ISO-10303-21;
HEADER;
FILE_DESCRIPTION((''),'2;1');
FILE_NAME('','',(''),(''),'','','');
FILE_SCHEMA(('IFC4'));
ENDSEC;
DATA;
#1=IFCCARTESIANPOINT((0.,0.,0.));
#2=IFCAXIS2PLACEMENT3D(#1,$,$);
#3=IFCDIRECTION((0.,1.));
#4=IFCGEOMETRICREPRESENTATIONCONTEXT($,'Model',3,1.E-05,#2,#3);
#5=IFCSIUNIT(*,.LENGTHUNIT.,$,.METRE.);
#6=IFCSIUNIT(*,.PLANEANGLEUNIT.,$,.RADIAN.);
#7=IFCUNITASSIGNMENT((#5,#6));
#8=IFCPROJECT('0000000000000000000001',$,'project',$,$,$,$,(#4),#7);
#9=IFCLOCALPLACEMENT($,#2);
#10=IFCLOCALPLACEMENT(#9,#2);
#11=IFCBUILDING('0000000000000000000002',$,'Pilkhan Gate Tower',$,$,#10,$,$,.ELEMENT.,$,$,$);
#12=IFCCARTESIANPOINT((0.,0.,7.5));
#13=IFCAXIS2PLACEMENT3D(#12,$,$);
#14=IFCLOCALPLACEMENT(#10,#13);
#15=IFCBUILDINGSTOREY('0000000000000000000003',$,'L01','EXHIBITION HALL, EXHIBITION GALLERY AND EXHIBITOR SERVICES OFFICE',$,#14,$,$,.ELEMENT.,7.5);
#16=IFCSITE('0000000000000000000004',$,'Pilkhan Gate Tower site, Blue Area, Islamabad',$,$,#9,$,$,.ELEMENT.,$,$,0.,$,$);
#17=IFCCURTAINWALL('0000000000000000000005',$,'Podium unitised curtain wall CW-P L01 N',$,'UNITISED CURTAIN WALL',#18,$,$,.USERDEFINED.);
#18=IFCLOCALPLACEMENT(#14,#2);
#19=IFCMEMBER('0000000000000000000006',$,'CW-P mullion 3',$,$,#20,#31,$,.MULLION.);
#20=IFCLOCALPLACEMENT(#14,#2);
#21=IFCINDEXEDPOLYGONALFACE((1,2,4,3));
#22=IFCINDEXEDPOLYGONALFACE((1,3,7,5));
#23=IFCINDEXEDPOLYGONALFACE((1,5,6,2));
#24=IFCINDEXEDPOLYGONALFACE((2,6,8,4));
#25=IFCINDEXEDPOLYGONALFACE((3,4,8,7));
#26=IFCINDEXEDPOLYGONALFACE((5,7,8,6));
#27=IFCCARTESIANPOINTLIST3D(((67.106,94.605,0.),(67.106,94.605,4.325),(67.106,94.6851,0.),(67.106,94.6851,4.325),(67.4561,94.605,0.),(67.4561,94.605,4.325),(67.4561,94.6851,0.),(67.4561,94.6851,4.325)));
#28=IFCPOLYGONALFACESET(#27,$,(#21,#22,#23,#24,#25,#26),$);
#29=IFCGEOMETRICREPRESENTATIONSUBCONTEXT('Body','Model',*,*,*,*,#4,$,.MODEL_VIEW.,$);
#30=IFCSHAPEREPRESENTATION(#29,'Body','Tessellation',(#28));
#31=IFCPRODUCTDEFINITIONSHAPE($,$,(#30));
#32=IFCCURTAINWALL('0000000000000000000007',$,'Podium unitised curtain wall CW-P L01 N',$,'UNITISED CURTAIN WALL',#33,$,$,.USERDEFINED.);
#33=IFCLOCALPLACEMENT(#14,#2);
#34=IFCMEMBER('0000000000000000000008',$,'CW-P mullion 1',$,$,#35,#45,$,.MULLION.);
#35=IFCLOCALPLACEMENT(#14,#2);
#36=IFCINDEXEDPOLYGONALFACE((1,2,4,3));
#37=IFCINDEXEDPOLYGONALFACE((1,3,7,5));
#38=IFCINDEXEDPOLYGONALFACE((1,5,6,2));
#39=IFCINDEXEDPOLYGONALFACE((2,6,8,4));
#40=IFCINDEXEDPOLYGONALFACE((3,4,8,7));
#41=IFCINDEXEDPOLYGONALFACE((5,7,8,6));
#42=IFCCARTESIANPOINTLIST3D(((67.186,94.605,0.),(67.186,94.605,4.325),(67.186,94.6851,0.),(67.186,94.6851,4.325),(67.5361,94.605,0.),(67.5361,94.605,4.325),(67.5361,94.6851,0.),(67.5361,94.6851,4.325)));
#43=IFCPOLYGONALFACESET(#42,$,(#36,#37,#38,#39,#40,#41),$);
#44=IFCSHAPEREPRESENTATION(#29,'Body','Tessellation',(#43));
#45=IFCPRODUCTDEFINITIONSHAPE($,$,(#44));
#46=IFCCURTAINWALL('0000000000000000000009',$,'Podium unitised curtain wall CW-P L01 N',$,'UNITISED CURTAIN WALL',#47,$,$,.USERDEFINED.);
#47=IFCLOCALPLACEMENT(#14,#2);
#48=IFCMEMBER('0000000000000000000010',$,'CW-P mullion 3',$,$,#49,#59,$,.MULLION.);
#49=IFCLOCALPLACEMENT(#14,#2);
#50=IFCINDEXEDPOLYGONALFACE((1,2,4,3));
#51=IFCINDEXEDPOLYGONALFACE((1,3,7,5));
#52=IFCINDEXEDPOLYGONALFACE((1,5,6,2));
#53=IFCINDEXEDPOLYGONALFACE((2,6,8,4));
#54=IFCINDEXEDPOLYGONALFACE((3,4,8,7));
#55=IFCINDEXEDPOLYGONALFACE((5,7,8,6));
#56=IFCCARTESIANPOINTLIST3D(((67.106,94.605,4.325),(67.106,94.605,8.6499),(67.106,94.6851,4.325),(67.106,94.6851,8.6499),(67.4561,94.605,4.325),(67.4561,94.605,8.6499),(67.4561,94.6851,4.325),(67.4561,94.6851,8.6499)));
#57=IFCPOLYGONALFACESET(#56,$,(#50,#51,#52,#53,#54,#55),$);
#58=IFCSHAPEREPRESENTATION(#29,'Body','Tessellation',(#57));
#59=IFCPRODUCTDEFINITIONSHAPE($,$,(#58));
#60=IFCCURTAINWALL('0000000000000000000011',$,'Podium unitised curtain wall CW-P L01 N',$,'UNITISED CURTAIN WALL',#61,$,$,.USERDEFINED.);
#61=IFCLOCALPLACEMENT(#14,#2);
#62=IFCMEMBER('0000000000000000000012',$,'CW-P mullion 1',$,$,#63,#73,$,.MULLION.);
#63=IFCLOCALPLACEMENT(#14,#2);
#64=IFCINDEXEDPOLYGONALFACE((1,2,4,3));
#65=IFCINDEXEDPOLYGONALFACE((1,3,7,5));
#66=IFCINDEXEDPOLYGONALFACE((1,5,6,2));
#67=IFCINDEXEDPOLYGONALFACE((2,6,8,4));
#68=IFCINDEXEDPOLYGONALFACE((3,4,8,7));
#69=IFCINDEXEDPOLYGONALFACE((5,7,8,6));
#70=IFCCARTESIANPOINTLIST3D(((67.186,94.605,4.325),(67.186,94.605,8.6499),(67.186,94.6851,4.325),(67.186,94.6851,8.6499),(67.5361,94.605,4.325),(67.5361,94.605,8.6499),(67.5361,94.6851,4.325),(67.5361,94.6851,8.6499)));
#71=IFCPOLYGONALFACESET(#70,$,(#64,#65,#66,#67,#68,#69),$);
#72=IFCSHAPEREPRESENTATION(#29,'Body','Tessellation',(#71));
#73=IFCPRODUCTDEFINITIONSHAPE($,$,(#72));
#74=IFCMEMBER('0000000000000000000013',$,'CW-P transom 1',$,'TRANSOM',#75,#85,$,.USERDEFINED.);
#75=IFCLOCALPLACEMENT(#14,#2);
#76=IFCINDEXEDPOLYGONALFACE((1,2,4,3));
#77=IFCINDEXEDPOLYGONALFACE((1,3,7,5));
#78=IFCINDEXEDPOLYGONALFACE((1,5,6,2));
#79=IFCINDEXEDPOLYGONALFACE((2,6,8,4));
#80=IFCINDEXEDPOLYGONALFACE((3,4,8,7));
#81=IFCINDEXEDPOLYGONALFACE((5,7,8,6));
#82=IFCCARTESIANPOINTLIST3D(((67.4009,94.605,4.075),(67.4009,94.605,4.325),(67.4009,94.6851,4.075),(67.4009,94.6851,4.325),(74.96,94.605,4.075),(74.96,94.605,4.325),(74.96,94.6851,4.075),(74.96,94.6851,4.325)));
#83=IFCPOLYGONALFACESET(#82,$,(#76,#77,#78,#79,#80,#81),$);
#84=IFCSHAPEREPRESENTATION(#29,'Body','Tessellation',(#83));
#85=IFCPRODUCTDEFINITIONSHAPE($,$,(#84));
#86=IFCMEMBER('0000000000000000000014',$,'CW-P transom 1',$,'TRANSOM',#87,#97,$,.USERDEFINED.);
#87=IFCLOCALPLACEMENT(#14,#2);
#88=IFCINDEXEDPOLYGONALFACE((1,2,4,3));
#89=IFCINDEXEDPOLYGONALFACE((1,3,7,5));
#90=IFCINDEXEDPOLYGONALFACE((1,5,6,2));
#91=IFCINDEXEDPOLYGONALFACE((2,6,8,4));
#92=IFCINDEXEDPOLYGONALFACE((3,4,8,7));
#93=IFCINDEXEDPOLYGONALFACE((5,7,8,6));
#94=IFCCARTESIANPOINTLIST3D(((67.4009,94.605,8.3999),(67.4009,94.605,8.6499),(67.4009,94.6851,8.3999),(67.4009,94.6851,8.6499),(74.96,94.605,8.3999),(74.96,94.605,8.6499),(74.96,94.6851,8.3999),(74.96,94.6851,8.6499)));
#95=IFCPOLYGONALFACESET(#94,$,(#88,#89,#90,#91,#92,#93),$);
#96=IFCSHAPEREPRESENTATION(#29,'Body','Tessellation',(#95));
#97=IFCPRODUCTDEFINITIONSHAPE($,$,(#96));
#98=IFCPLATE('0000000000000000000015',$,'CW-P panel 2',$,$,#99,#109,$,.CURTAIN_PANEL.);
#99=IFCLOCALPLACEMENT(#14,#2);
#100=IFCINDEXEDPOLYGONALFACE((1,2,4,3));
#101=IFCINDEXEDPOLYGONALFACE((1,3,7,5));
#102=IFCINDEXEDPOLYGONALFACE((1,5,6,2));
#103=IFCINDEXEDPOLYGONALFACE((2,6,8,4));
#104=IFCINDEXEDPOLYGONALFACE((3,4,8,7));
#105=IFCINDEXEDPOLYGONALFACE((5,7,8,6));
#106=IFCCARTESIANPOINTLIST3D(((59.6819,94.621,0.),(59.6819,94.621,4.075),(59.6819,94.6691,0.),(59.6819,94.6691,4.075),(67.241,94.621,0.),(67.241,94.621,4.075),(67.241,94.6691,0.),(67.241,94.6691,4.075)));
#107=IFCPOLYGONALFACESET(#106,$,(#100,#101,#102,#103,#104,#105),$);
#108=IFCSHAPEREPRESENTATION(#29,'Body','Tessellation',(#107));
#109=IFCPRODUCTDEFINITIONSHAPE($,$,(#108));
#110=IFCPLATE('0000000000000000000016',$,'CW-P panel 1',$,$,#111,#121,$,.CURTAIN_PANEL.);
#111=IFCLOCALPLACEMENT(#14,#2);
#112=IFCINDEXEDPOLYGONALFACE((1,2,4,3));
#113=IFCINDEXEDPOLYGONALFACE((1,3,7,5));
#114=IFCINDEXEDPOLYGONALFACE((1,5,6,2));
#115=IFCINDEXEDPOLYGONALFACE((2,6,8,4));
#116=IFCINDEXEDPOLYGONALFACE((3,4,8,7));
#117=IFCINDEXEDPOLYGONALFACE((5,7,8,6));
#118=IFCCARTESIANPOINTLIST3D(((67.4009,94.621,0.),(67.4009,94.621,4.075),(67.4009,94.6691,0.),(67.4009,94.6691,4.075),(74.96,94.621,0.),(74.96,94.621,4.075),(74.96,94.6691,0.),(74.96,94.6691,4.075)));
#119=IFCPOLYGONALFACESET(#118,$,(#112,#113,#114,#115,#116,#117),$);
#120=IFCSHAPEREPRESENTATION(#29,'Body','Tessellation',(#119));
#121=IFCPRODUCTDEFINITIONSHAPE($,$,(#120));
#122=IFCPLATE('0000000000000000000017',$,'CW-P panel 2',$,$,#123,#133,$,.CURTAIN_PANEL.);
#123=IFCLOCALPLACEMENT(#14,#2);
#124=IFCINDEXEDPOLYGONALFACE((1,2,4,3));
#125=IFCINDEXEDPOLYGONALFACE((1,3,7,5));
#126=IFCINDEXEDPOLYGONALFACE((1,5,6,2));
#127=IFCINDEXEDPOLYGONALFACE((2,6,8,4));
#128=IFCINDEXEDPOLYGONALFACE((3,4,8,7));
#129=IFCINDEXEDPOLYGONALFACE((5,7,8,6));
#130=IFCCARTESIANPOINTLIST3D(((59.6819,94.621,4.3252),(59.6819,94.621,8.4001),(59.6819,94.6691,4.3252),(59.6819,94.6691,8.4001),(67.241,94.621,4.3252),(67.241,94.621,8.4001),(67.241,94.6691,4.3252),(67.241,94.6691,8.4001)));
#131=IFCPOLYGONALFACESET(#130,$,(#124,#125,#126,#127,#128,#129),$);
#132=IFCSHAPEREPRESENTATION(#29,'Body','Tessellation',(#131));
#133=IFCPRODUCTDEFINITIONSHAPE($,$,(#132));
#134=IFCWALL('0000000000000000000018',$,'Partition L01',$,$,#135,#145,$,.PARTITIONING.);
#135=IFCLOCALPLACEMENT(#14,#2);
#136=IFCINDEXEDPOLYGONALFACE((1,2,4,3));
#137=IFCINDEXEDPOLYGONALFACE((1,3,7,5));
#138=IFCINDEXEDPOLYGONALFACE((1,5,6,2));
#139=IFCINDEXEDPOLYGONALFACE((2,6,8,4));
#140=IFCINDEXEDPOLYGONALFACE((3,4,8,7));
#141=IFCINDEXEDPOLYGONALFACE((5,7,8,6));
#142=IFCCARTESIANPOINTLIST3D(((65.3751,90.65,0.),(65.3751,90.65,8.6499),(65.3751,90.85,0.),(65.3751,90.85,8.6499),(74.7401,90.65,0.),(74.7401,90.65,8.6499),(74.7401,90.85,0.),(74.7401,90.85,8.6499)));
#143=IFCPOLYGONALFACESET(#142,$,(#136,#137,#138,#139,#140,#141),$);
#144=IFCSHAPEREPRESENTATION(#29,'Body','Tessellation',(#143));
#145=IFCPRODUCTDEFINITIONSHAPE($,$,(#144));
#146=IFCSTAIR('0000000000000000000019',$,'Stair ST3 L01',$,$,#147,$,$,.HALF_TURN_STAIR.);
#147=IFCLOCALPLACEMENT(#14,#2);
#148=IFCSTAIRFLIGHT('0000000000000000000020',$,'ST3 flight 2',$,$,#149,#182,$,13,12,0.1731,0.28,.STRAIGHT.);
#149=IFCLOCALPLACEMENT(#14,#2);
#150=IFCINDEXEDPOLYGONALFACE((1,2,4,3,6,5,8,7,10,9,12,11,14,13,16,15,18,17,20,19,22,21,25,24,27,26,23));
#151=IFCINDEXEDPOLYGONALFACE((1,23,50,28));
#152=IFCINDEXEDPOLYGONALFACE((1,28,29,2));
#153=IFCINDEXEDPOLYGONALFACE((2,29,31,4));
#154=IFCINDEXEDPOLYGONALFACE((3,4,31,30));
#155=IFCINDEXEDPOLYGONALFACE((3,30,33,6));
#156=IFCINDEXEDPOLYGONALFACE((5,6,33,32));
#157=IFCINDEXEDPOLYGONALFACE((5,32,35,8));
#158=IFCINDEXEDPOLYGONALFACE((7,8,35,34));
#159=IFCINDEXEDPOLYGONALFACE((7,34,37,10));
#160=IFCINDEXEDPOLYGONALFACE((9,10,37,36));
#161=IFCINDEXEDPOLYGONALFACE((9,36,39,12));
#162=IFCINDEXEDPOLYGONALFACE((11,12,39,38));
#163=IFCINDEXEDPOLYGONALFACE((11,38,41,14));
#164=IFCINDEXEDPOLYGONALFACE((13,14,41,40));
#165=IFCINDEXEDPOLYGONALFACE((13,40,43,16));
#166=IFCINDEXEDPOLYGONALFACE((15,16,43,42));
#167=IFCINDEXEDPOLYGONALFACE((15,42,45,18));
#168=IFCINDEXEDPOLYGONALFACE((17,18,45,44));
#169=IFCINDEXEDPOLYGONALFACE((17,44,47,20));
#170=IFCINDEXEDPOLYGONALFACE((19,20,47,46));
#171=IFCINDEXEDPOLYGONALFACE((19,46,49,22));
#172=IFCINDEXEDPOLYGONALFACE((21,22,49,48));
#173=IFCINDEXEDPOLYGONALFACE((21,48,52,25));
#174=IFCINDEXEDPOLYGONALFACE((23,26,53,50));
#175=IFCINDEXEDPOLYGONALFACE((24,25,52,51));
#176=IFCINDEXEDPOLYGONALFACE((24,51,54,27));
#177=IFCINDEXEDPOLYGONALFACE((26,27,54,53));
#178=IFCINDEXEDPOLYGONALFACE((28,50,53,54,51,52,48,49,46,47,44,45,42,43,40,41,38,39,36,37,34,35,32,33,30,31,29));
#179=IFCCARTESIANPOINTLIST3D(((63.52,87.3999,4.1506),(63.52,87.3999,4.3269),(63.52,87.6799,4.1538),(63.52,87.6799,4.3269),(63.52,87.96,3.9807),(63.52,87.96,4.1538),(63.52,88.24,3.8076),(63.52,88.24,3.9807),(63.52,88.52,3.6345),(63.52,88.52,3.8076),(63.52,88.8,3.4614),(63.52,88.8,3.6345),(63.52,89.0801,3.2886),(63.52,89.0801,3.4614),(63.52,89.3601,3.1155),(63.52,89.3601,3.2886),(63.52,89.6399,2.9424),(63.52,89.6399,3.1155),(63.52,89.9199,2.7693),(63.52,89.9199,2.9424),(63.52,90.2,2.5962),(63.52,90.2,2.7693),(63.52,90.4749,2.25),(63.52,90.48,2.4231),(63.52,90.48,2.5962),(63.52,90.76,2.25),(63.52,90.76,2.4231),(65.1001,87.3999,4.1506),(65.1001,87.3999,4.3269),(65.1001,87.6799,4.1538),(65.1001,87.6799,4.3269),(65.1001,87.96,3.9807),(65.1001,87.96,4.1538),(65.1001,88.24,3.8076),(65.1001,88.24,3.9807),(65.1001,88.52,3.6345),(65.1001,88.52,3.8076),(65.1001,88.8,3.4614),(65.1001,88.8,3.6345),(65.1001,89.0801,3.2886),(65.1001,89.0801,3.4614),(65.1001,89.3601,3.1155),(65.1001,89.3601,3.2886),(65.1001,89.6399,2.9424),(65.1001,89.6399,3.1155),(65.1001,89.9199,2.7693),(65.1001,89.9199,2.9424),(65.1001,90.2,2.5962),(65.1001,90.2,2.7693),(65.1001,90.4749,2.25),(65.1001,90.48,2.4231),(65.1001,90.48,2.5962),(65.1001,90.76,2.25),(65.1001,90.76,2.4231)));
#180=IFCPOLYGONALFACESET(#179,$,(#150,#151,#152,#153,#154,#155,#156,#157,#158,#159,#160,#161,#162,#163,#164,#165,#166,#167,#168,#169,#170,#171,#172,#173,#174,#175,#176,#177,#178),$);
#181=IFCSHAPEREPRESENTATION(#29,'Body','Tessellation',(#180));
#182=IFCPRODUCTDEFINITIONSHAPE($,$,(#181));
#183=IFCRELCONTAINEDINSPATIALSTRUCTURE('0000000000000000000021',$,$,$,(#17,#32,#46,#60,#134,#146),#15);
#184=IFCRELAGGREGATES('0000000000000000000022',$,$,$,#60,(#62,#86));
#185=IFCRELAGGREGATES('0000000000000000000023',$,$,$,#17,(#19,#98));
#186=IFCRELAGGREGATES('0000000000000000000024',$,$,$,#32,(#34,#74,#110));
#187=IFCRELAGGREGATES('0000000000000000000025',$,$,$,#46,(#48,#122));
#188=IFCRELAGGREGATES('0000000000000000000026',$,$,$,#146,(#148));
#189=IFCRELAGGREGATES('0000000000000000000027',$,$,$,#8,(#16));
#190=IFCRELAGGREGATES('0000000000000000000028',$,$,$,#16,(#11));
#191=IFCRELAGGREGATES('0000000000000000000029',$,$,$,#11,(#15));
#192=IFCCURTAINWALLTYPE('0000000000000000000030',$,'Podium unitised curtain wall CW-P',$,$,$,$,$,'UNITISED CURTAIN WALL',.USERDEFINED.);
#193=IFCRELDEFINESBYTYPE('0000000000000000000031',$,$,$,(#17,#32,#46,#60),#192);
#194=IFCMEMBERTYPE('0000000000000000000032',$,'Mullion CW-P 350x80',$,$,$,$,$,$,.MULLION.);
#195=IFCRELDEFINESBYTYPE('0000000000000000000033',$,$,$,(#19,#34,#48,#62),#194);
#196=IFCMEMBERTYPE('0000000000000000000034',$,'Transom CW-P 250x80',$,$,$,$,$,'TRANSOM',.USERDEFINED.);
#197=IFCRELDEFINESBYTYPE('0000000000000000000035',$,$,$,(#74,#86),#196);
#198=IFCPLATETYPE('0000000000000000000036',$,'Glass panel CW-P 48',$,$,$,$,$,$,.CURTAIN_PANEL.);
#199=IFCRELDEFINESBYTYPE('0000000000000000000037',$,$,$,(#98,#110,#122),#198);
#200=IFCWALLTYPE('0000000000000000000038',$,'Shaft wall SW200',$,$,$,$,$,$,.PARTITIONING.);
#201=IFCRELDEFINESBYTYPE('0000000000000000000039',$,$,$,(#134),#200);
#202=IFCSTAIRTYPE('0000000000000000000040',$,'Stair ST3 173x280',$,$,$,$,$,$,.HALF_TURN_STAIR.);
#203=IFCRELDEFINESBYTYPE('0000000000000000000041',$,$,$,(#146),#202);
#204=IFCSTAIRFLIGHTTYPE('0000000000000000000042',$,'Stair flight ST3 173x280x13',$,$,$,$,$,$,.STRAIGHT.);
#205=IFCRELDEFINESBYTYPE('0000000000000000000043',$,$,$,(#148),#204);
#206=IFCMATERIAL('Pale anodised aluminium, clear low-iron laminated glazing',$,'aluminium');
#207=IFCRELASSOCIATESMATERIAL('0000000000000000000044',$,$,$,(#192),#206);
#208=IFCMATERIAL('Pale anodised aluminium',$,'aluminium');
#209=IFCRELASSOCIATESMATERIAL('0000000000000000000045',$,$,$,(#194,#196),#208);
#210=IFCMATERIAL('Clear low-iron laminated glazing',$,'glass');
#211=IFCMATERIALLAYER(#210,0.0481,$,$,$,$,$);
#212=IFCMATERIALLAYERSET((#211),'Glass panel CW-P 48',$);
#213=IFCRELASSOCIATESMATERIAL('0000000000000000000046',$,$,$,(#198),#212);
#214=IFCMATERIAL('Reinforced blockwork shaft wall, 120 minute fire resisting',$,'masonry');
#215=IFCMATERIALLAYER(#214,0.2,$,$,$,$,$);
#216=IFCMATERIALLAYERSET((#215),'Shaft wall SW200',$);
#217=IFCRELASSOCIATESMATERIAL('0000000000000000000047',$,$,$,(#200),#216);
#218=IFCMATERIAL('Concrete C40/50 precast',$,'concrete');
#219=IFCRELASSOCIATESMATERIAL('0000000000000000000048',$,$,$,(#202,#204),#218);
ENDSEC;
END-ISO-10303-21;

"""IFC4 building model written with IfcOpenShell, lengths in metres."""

from ifc_helpers import new_model, si_unit, direction, frame, frame_2d, origin, origin_2d, place, context, subcontext, project, spatial, polyline, rectangle, outline, extrude, material, layer, layer_set, material_profile, profile_set, type_object, element, aggregate, save


model = new_model("IFC4")

# Units and contexts
model_context = context("Model", 3, precision=1e-05, world=origin(), true_north=direction((0.0, 1.0)))
body_context = subcontext(model_context, "Body", "Model", "MODEL_VIEW")
ifc_project = project(units=[si_unit("LENGTHUNIT", "METRE"), si_unit("PLANEANGLEUNIT", "RADIAN")], contexts=[model_context])

# Site, building, storey
site_placement = place(None, origin())
site = spatial("IfcSite", under=ifc_project, at=site_placement, Name="Pilkhan Gate Tower site, Blue Area, Islamabad", CompositionType="ELEMENT", RefElevation=0.0)
building_placement = place(site_placement, origin())
building = spatial("IfcBuilding", under=site, at=building_placement, Name="Pilkhan Gate Tower", CompositionType="ELEMENT")
storey_placement = place(building_placement, frame((0.0, 0.0, 7.5)))
storey = spatial("IfcBuildingStorey", under=building, at=storey_placement, Name="L01", Description="EXHIBITION HALL, EXHIBITION GALLERY AND EXHIBITOR SERVICES OFFICE", CompositionType="ELEMENT", Elevation=7.5)

# Curtain walls, members
ifc_material_1 = material(Name="Pale anodised aluminium, clear low-iron laminated glazing", Category="aluminium")
curtain_wall_type = type_object("IfcCurtainWallType", Name="Podium unitised curtain wall CW-P", ElementType="UNITISED CURTAIN WALL", PredefinedType="USERDEFINED", material=ifc_material_1)
curtain_wall_1_placement = place(storey_placement, origin())
curtain_wall_1 = element("IfcCurtainWall", 1, at=curtain_wall_1_placement, inside=storey, type_object=curtain_wall_type, Name="Podium unitised curtain wall CW-P L01 N", ObjectType="UNITISED CURTAIN WALL", PredefinedType="USERDEFINED")
ifc_material_2 = material(Name="Pale anodised aluminium", Category="aluminium")
ifc_material_profile_1 = material_profile(ifc_material_2, rectangle(XDim=0.0801, YDim=0.3501, at=origin_2d()), Name="Mullion 350x80")
ifc_profile_set_1 = profile_set([ifc_material_profile_1], Name="Pale anodised aluminium")
member_type_1 = type_object("IfcMemberType", Name="Mullion CW-P 350x80", PredefinedType="MULLION", material=ifc_profile_set_1)
member_1_placement = place(storey_placement, frame((67.281, 94.645, 0.0), z_axis=(0.0, 0.0, 1.0), x_axis=(0.0, 1.0, 0.0)))
member_1 = element("IfcMember", 2, at=member_1_placement, type_object=member_type_1, Name="CW-P mullion 3", PredefinedType="MULLION", context=body_context, shape_type="SweptSolid", body=[
    extrude(rectangle(XDim=0.0801, YDim=0.3501, at=origin_2d()), origin(), (0.0, 0.0, 1.0), 4.325),
])
curtain_wall_2_placement = place(storey_placement, origin())
curtain_wall_2 = element("IfcCurtainWall", 3, at=curtain_wall_2_placement, inside=storey, type_object=curtain_wall_type, Name="Podium unitised curtain wall CW-P L01 N", ObjectType="UNITISED CURTAIN WALL", PredefinedType="USERDEFINED")
member_2_placement = place(storey_placement, frame((67.3611, 94.645, 0.0), z_axis=(0.0, 0.0, 1.0), x_axis=(0.0, 1.0, 0.0)))
member_2 = element("IfcMember", 4, at=member_2_placement, type_object=member_type_1, Name="CW-P mullion 1", PredefinedType="MULLION", context=body_context, shape_type="SweptSolid", body=[
    extrude(rectangle(XDim=0.0801, YDim=0.3501, at=origin_2d()), origin(), (0.0, 0.0, 1.0), 4.325),
])
curtain_wall_3_placement = place(storey_placement, origin())
curtain_wall_3 = element("IfcCurtainWall", 5, at=curtain_wall_3_placement, inside=storey, type_object=curtain_wall_type, Name="Podium unitised curtain wall CW-P L01 N", ObjectType="UNITISED CURTAIN WALL", PredefinedType="USERDEFINED")
member_3_placement = place(storey_placement, frame((67.281, 94.645, 4.325), z_axis=(0.0, 0.0, 1.0), x_axis=(0.0, 1.0, 0.0)))
member_3 = element("IfcMember", 6, at=member_3_placement, type_object=member_type_1, Name="CW-P mullion 3", PredefinedType="MULLION", context=body_context, shape_type="SweptSolid", body=[
    extrude(rectangle(XDim=0.0801, YDim=0.3501, at=origin_2d()), origin(), (0.0, 0.0, 1.0), 4.325),
])
curtain_wall_4_placement = place(storey_placement, origin())
curtain_wall_4 = element("IfcCurtainWall", 7, at=curtain_wall_4_placement, inside=storey, type_object=curtain_wall_type, Name="Podium unitised curtain wall CW-P L01 N", ObjectType="UNITISED CURTAIN WALL", PredefinedType="USERDEFINED")
member_4_placement = place(storey_placement, frame((67.3611, 94.645, 4.325), z_axis=(0.0, 0.0, 1.0), x_axis=(0.0, 1.0, 0.0)))
member_4 = element("IfcMember", 8, at=member_4_placement, type_object=member_type_1, Name="CW-P mullion 1", PredefinedType="MULLION", context=body_context, shape_type="SweptSolid", body=[
    extrude(rectangle(XDim=0.0801, YDim=0.3501, at=origin_2d()), origin(), (0.0, 0.0, 1.0), 4.325),
])

# Members
ifc_material_profile_2 = material_profile(ifc_material_2, rectangle(XDim=0.0801, YDim=0.25, at=origin_2d()), Name="Transom 250x80")
ifc_profile_set_2 = profile_set([ifc_material_profile_2], Name="Pale anodised aluminium")
member_type_2 = type_object("IfcMemberType", Name="Transom CW-P 250x80", ElementType="TRANSOM", PredefinedType="USERDEFINED", material=ifc_profile_set_2)
member_5_placement = place(storey_placement, frame((67.4009, 94.645, 4.2), z_axis=(1.0, 0.0, 0.0), x_axis=(0.0, 1.0, 0.0)))
member_5 = element("IfcMember", 9, at=member_5_placement, type_object=member_type_2, Name="CW-P transom 1", ObjectType="TRANSOM", PredefinedType="USERDEFINED", context=body_context, shape_type="SweptSolid", body=[
    extrude(rectangle(XDim=0.0801, YDim=0.25, at=origin_2d()), origin(), (0.0, 0.0, 1.0), 7.5591),
])
member_6_placement = place(storey_placement, frame((67.4009, 94.645, 8.5249), z_axis=(1.0, 0.0, 0.0), x_axis=(0.0, 1.0, 0.0)))
member_6 = element("IfcMember", 10, at=member_6_placement, type_object=member_type_2, Name="CW-P transom 1", ObjectType="TRANSOM", PredefinedType="USERDEFINED", context=body_context, shape_type="SweptSolid", body=[
    extrude(rectangle(XDim=0.0801, YDim=0.25, at=origin_2d()), origin(), (0.0, 0.0, 1.0), 7.5591),
])
aggregate(curtain_wall_4, [member_4, member_6])

# Plates
ifc_material_3 = material(Name="Clear low-iron laminated glazing", Category="glass")
ifc_layer_1 = layer(ifc_material_3, 0.0481)
ifc_layer_set_1 = layer_set([ifc_layer_1], Name="Glass panel CW-P 48")
plate_type = type_object("IfcPlateType", Name="Glass panel CW-P 48", PredefinedType="CURTAIN_PANEL", material=ifc_layer_set_1)
plate_1_placement = place(storey_placement, frame((63.4614, 94.645, 0.0), z_axis=(0.0, 0.0, 1.0), x_axis=(1.0, 0.0, 0.0)))
plate_1 = element("IfcPlate", 11, at=plate_1_placement, type_object=plate_type, Name="CW-P panel 2", PredefinedType="CURTAIN_PANEL", context=body_context, shape_type="SweptSolid", body=[
    extrude(rectangle(XDim=7.5591, YDim=0.0481, at=origin_2d()), origin(), (0.0, 0.0, 1.0), 4.075),
])
aggregate(curtain_wall_1, [member_1, plate_1])
plate_2_placement = place(storey_placement, frame((71.1804, 94.645, 0.0), z_axis=(0.0, 0.0, 1.0), x_axis=(1.0, 0.0, 0.0)))
plate_2 = element("IfcPlate", 12, at=plate_2_placement, type_object=plate_type, Name="CW-P panel 1", PredefinedType="CURTAIN_PANEL", context=body_context, shape_type="SweptSolid", body=[
    extrude(rectangle(XDim=7.5591, YDim=0.0481, at=origin_2d()), origin(), (0.0, 0.0, 1.0), 4.075),
])
aggregate(curtain_wall_2, [member_2, member_5, plate_2])
plate_3_placement = place(storey_placement, frame((63.4614, 94.645, 4.3252), z_axis=(0.0, 0.0, 1.0), x_axis=(1.0, 0.0, 0.0)))
plate_3 = element("IfcPlate", 13, at=plate_3_placement, type_object=plate_type, Name="CW-P panel 2", PredefinedType="CURTAIN_PANEL", context=body_context, shape_type="SweptSolid", body=[
    extrude(rectangle(XDim=7.5591, YDim=0.0481, at=origin_2d()), origin(), (0.0, 0.0, 1.0), 4.075),
])
aggregate(curtain_wall_3, [member_3, plate_3])

# Wall
ifc_material_4 = material(Name="Reinforced blockwork shaft wall, 120 minute fire resisting", Category="masonry")
ifc_layer_2 = layer(ifc_material_4, 0.2)
ifc_layer_set_2 = layer_set([ifc_layer_2], Name="Shaft wall SW200")
wall_type = type_object("IfcWallType", Name="Shaft wall SW200", PredefinedType="PARTITIONING", material=ifc_layer_set_2)
wall_placement = place(storey_placement, frame((65.375, 90.75, 0.0), z_axis=(0.0, 0.0, 1.0), x_axis=(1.0, 0.0, 0.0)))
element("IfcWall", 14, at=wall_placement, inside=storey, type_object=wall_type, Name="Partition L01", PredefinedType="PARTITIONING", context=body_context, shape_type="SweptSolid", body=[
    extrude(rectangle(XDim=9.365, YDim=0.2, at=frame_2d((4.6826, 0.0))), origin(), (0.0, 0.0, 1.0), 8.6499),
])

# Stair, stair flight
ifc_material_5 = material(Name="Concrete C40/50 precast", Category="concrete")
stair_type = type_object("IfcStairType", Name="Stair ST3 173x280", PredefinedType="HALF_TURN_STAIR", material=ifc_material_5)
stair_placement = place(storey_placement, origin())
stair = element("IfcStair", 15, at=stair_placement, inside=storey, type_object=stair_type, Name="Stair ST3 L01", PredefinedType="HALF_TURN_STAIR")
stair_flight_type = type_object("IfcStairFlightType", Name="Stair flight ST3 173x280x13", PredefinedType="STRAIGHT", material=ifc_material_5)
stair_flight_1_placement = place(storey_placement, frame((64.3101, 90.76, 2.25), z_axis=(0.0, 0.0, 1.0), x_axis=(0.0, -1.0, 0.0)))
stair_flight_1 = element("IfcStairFlight", 16, at=stair_flight_1_placement, type_object=stair_flight_type, Name="ST3 flight 2", NumberOfRisers=13, NumberOfTreads=12, PredefinedType="STRAIGHT", RiserHeight=0.1731, TreadLength=0.28, context=body_context, shape_type="SweptSolid", body=[
    extrude(outline(polyline([(0.0, 0.0), (0.0, 0.1731), (0.28, 0.1731), (0.28, 0.3462), (0.5601, 0.3462), (0.5601, 0.5193), (0.8401, 0.5193), (0.8401, 0.6924), (1.1201, 0.6924), (1.1201, 0.8655), (1.3999, 0.8655), (1.3999, 1.0386), (1.6799, 1.0386), (1.6799, 1.2114), (1.96, 1.2114), (1.96, 1.3845), (2.24, 1.3845), (2.24, 1.5576), (2.52, 1.5576), (2.52, 1.7307), (2.8, 1.7307), (2.8, 1.9038), (3.0801, 1.9038), (3.0801, 2.0769), (3.3601, 2.0769), (3.3601, 2.25), (3.3601, 1.9006), (0.2852, 0.0), (0.0, 0.0)])), frame((0.0, 0.79, 0.0), z_axis=(0.0, -1.0, 0.0), x_axis=(1.0, 0.0, 0.0)), (0.0, 0.0, 1.0), 1.5801),
])
aggregate(stair, [stair_flight_1])

save(model, "model.ifc")
